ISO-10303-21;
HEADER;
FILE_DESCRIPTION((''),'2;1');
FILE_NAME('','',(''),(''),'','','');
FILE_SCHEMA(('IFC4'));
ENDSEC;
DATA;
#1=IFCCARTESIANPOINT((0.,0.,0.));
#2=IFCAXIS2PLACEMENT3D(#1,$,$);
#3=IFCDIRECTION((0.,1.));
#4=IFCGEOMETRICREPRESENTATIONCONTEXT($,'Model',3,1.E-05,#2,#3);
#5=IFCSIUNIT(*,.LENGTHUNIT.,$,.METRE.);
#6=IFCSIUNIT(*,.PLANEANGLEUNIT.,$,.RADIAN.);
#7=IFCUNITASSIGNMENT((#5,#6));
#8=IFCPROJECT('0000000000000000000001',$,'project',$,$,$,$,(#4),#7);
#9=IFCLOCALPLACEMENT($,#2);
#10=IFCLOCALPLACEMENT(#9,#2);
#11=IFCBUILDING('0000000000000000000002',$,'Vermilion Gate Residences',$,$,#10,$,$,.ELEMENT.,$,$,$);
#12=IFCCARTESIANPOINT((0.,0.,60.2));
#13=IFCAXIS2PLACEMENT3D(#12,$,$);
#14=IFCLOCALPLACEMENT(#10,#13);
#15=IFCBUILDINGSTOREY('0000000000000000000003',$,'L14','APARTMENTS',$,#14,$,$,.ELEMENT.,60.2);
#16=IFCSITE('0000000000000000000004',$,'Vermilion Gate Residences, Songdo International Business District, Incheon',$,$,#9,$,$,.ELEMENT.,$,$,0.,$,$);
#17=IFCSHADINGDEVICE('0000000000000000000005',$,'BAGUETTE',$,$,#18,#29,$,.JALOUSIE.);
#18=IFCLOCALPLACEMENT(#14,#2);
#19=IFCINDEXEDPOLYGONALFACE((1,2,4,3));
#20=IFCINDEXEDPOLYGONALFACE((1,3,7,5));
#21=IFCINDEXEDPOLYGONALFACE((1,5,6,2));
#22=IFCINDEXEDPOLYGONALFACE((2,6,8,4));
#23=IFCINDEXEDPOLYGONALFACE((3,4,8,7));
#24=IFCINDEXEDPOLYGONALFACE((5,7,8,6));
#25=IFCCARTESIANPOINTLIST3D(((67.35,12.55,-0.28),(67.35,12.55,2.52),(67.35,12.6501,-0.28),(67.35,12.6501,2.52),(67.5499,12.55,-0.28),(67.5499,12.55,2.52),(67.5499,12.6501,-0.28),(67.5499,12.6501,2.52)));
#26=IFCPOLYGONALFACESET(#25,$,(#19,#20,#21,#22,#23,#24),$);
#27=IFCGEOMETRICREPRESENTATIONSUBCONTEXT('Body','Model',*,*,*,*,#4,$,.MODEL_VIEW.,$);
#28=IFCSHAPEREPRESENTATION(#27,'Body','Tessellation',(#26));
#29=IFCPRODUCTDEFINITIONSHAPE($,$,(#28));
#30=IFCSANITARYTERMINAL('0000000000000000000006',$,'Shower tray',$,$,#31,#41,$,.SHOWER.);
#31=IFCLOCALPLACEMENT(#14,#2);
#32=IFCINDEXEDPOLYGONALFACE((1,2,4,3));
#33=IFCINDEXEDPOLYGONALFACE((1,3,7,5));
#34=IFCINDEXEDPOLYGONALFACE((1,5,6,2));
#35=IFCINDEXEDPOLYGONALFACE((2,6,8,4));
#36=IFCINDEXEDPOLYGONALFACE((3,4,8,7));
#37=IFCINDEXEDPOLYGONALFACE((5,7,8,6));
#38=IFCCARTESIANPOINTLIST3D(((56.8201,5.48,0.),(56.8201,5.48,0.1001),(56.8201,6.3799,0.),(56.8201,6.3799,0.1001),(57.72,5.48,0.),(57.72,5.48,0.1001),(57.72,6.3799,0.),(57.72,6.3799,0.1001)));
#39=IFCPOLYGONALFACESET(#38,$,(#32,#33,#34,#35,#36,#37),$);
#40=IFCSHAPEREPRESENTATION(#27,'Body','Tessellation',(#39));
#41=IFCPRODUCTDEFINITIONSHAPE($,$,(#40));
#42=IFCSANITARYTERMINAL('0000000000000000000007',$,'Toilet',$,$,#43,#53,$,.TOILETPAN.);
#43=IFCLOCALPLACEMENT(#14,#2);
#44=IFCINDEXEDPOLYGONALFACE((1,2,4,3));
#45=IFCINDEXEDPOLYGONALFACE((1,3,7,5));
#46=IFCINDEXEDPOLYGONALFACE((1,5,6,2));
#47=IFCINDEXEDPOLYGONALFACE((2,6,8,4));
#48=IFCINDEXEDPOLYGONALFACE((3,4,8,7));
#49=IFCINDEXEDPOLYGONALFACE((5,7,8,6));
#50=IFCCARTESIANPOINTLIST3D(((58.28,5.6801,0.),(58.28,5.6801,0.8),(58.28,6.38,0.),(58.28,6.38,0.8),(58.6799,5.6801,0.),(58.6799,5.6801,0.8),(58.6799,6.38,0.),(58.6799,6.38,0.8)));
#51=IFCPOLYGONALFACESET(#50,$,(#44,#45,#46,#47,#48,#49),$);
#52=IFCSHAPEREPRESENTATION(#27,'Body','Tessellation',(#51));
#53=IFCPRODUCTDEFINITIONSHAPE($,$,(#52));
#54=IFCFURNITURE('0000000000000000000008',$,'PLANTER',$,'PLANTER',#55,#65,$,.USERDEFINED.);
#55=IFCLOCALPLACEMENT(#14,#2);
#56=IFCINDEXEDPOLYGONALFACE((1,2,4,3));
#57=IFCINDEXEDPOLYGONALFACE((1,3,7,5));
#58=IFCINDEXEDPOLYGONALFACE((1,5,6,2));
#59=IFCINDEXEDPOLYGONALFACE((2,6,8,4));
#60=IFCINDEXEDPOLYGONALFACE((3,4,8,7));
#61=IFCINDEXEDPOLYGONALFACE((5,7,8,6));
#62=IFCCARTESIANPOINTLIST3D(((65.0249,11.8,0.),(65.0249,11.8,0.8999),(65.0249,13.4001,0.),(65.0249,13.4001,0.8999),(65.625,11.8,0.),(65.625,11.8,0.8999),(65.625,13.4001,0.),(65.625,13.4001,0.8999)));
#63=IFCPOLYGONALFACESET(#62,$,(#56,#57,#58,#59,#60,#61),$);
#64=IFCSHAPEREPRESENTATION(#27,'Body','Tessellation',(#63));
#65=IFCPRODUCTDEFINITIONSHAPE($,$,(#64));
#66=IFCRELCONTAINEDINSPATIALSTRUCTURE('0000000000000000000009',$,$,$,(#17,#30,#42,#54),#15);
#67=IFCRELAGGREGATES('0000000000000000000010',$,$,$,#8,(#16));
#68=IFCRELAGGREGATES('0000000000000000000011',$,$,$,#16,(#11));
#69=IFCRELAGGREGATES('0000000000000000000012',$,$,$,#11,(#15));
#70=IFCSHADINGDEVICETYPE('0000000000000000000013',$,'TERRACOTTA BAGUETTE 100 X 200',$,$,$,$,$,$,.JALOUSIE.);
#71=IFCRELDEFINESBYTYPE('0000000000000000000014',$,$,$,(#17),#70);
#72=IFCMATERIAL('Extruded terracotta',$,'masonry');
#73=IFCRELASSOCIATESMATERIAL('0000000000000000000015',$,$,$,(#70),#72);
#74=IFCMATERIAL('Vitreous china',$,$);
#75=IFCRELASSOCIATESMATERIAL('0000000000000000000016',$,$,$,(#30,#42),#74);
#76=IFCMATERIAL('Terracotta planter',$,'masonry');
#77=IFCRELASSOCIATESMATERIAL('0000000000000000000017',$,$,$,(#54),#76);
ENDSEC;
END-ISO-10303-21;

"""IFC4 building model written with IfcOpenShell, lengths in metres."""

from ifc_helpers import new_model, si_unit, direction, frame, origin, origin_2d, place, context, subcontext, project, spatial, rectangle, extrude, material, material_profile, profile_set, type_object, element, save


model = new_model("IFC4")

# Units and contexts
model_context = context("Model", 3, precision=1e-05, world=origin(), true_north=direction((0.0, 1.0)))
body_context = subcontext(model_context, "Body", "Model", "MODEL_VIEW")
ifc_project = project(units=[si_unit("LENGTHUNIT", "METRE"), si_unit("PLANEANGLEUNIT", "RADIAN")], contexts=[model_context])

# Site, building, storey
site_placement = place(None, origin())
site = spatial("IfcSite", under=ifc_project, at=site_placement, Name="Vermilion Gate Residences, Songdo International Business District, Incheon", CompositionType="ELEMENT", RefElevation=0.0)
building_placement = place(site_placement, origin())
building = spatial("IfcBuilding", under=site, at=building_placement, Name="Vermilion Gate Residences", CompositionType="ELEMENT")
storey_placement = place(building_placement, frame((0.0, 0.0, 60.2)))
storey = spatial("IfcBuildingStorey", under=building, at=storey_placement, Name="L14", Description="APARTMENTS", CompositionType="ELEMENT", Elevation=60.2)

# Shading device
ifc_material_1 = material(Name="Extruded terracotta", Category="masonry")
ifc_material_profile_1 = material_profile(ifc_material_1, rectangle(XDim=0.2, YDim=0.1001, at=origin_2d()), Name="BAGUETTE 100 X 200")
ifc_profile_set_1 = profile_set([ifc_material_profile_1], Name="Extruded terracotta")
shading_device_type_1 = type_object("IfcShadingDeviceType", Name="TERRACOTTA BAGUETTE 100 X 200", PredefinedType="JALOUSIE", material=ifc_profile_set_1)
shading_device_1_placement = place(storey_placement, frame((67.45, 12.6001, -0.28), z_axis=(0.0, 0.0, 1.0), x_axis=(-1.0, 0.0, 0.0)))
element("IfcShadingDevice", 1, at=shading_device_1_placement, inside=storey, type_object=shading_device_type_1, Name="BAGUETTE", PredefinedType="JALOUSIE", context=body_context, shape_type="SweptSolid", body=[
    extrude(rectangle(XDim=0.2, YDim=0.1001, at=origin_2d()), origin(), (0.0, 0.0, 1.0), 2.8),
])

# Sanitary terminals
ifc_material_2 = material(Name="Vitreous china")
sanitary_terminal_1_placement = place(storey_placement, frame((57.27, 5.9299, 0.0), z_axis=(0.0, 0.0, 1.0), x_axis=(1.0, 0.0, 0.0)))
element("IfcSanitaryTerminal", 2, at=sanitary_terminal_1_placement, inside=storey, material=ifc_material_2, Name="Shower tray", PredefinedType="SHOWER", context=body_context, shape_type="SweptSolid", body=[
    extrude(rectangle(XDim=0.8999, YDim=0.8999, at=origin_2d()), origin(), (0.0, 0.0, 1.0), 0.1001),
])
sanitary_terminal_2_placement = place(storey_placement, frame((58.48, 6.03, 0.0), z_axis=(0.0, 0.0, 1.0), x_axis=(1.0, 0.0, 0.0)))
element("IfcSanitaryTerminal", 3, at=sanitary_terminal_2_placement, inside=storey, material=ifc_material_2, Name="Toilet", PredefinedType="TOILETPAN", context=body_context, shape_type="SweptSolid", body=[
    extrude(rectangle(XDim=0.3999, YDim=0.7, at=origin_2d()), origin(), (0.0, 0.0, 1.0), 0.8),
])

# Furniture
ifc_material_3 = material(Name="Terracotta planter", Category="masonry")
furniture_placement = place(storey_placement, frame((65.325, 12.6001, 0.0), z_axis=(0.0, 0.0, 1.0), x_axis=(0.0, 1.0, 0.0)))
element("IfcFurniture", 4, at=furniture_placement, inside=storey, material=ifc_material_3, Name="PLANTER", ObjectType="PLANTER", PredefinedType="USERDEFINED", context=body_context, shape_type="SweptSolid", body=[
    extrude(rectangle(XDim=1.6001, YDim=0.6001, at=origin_2d()), origin(), (0.0, 0.0, 1.0), 0.8999),
])

save(model, "model.ifc")
